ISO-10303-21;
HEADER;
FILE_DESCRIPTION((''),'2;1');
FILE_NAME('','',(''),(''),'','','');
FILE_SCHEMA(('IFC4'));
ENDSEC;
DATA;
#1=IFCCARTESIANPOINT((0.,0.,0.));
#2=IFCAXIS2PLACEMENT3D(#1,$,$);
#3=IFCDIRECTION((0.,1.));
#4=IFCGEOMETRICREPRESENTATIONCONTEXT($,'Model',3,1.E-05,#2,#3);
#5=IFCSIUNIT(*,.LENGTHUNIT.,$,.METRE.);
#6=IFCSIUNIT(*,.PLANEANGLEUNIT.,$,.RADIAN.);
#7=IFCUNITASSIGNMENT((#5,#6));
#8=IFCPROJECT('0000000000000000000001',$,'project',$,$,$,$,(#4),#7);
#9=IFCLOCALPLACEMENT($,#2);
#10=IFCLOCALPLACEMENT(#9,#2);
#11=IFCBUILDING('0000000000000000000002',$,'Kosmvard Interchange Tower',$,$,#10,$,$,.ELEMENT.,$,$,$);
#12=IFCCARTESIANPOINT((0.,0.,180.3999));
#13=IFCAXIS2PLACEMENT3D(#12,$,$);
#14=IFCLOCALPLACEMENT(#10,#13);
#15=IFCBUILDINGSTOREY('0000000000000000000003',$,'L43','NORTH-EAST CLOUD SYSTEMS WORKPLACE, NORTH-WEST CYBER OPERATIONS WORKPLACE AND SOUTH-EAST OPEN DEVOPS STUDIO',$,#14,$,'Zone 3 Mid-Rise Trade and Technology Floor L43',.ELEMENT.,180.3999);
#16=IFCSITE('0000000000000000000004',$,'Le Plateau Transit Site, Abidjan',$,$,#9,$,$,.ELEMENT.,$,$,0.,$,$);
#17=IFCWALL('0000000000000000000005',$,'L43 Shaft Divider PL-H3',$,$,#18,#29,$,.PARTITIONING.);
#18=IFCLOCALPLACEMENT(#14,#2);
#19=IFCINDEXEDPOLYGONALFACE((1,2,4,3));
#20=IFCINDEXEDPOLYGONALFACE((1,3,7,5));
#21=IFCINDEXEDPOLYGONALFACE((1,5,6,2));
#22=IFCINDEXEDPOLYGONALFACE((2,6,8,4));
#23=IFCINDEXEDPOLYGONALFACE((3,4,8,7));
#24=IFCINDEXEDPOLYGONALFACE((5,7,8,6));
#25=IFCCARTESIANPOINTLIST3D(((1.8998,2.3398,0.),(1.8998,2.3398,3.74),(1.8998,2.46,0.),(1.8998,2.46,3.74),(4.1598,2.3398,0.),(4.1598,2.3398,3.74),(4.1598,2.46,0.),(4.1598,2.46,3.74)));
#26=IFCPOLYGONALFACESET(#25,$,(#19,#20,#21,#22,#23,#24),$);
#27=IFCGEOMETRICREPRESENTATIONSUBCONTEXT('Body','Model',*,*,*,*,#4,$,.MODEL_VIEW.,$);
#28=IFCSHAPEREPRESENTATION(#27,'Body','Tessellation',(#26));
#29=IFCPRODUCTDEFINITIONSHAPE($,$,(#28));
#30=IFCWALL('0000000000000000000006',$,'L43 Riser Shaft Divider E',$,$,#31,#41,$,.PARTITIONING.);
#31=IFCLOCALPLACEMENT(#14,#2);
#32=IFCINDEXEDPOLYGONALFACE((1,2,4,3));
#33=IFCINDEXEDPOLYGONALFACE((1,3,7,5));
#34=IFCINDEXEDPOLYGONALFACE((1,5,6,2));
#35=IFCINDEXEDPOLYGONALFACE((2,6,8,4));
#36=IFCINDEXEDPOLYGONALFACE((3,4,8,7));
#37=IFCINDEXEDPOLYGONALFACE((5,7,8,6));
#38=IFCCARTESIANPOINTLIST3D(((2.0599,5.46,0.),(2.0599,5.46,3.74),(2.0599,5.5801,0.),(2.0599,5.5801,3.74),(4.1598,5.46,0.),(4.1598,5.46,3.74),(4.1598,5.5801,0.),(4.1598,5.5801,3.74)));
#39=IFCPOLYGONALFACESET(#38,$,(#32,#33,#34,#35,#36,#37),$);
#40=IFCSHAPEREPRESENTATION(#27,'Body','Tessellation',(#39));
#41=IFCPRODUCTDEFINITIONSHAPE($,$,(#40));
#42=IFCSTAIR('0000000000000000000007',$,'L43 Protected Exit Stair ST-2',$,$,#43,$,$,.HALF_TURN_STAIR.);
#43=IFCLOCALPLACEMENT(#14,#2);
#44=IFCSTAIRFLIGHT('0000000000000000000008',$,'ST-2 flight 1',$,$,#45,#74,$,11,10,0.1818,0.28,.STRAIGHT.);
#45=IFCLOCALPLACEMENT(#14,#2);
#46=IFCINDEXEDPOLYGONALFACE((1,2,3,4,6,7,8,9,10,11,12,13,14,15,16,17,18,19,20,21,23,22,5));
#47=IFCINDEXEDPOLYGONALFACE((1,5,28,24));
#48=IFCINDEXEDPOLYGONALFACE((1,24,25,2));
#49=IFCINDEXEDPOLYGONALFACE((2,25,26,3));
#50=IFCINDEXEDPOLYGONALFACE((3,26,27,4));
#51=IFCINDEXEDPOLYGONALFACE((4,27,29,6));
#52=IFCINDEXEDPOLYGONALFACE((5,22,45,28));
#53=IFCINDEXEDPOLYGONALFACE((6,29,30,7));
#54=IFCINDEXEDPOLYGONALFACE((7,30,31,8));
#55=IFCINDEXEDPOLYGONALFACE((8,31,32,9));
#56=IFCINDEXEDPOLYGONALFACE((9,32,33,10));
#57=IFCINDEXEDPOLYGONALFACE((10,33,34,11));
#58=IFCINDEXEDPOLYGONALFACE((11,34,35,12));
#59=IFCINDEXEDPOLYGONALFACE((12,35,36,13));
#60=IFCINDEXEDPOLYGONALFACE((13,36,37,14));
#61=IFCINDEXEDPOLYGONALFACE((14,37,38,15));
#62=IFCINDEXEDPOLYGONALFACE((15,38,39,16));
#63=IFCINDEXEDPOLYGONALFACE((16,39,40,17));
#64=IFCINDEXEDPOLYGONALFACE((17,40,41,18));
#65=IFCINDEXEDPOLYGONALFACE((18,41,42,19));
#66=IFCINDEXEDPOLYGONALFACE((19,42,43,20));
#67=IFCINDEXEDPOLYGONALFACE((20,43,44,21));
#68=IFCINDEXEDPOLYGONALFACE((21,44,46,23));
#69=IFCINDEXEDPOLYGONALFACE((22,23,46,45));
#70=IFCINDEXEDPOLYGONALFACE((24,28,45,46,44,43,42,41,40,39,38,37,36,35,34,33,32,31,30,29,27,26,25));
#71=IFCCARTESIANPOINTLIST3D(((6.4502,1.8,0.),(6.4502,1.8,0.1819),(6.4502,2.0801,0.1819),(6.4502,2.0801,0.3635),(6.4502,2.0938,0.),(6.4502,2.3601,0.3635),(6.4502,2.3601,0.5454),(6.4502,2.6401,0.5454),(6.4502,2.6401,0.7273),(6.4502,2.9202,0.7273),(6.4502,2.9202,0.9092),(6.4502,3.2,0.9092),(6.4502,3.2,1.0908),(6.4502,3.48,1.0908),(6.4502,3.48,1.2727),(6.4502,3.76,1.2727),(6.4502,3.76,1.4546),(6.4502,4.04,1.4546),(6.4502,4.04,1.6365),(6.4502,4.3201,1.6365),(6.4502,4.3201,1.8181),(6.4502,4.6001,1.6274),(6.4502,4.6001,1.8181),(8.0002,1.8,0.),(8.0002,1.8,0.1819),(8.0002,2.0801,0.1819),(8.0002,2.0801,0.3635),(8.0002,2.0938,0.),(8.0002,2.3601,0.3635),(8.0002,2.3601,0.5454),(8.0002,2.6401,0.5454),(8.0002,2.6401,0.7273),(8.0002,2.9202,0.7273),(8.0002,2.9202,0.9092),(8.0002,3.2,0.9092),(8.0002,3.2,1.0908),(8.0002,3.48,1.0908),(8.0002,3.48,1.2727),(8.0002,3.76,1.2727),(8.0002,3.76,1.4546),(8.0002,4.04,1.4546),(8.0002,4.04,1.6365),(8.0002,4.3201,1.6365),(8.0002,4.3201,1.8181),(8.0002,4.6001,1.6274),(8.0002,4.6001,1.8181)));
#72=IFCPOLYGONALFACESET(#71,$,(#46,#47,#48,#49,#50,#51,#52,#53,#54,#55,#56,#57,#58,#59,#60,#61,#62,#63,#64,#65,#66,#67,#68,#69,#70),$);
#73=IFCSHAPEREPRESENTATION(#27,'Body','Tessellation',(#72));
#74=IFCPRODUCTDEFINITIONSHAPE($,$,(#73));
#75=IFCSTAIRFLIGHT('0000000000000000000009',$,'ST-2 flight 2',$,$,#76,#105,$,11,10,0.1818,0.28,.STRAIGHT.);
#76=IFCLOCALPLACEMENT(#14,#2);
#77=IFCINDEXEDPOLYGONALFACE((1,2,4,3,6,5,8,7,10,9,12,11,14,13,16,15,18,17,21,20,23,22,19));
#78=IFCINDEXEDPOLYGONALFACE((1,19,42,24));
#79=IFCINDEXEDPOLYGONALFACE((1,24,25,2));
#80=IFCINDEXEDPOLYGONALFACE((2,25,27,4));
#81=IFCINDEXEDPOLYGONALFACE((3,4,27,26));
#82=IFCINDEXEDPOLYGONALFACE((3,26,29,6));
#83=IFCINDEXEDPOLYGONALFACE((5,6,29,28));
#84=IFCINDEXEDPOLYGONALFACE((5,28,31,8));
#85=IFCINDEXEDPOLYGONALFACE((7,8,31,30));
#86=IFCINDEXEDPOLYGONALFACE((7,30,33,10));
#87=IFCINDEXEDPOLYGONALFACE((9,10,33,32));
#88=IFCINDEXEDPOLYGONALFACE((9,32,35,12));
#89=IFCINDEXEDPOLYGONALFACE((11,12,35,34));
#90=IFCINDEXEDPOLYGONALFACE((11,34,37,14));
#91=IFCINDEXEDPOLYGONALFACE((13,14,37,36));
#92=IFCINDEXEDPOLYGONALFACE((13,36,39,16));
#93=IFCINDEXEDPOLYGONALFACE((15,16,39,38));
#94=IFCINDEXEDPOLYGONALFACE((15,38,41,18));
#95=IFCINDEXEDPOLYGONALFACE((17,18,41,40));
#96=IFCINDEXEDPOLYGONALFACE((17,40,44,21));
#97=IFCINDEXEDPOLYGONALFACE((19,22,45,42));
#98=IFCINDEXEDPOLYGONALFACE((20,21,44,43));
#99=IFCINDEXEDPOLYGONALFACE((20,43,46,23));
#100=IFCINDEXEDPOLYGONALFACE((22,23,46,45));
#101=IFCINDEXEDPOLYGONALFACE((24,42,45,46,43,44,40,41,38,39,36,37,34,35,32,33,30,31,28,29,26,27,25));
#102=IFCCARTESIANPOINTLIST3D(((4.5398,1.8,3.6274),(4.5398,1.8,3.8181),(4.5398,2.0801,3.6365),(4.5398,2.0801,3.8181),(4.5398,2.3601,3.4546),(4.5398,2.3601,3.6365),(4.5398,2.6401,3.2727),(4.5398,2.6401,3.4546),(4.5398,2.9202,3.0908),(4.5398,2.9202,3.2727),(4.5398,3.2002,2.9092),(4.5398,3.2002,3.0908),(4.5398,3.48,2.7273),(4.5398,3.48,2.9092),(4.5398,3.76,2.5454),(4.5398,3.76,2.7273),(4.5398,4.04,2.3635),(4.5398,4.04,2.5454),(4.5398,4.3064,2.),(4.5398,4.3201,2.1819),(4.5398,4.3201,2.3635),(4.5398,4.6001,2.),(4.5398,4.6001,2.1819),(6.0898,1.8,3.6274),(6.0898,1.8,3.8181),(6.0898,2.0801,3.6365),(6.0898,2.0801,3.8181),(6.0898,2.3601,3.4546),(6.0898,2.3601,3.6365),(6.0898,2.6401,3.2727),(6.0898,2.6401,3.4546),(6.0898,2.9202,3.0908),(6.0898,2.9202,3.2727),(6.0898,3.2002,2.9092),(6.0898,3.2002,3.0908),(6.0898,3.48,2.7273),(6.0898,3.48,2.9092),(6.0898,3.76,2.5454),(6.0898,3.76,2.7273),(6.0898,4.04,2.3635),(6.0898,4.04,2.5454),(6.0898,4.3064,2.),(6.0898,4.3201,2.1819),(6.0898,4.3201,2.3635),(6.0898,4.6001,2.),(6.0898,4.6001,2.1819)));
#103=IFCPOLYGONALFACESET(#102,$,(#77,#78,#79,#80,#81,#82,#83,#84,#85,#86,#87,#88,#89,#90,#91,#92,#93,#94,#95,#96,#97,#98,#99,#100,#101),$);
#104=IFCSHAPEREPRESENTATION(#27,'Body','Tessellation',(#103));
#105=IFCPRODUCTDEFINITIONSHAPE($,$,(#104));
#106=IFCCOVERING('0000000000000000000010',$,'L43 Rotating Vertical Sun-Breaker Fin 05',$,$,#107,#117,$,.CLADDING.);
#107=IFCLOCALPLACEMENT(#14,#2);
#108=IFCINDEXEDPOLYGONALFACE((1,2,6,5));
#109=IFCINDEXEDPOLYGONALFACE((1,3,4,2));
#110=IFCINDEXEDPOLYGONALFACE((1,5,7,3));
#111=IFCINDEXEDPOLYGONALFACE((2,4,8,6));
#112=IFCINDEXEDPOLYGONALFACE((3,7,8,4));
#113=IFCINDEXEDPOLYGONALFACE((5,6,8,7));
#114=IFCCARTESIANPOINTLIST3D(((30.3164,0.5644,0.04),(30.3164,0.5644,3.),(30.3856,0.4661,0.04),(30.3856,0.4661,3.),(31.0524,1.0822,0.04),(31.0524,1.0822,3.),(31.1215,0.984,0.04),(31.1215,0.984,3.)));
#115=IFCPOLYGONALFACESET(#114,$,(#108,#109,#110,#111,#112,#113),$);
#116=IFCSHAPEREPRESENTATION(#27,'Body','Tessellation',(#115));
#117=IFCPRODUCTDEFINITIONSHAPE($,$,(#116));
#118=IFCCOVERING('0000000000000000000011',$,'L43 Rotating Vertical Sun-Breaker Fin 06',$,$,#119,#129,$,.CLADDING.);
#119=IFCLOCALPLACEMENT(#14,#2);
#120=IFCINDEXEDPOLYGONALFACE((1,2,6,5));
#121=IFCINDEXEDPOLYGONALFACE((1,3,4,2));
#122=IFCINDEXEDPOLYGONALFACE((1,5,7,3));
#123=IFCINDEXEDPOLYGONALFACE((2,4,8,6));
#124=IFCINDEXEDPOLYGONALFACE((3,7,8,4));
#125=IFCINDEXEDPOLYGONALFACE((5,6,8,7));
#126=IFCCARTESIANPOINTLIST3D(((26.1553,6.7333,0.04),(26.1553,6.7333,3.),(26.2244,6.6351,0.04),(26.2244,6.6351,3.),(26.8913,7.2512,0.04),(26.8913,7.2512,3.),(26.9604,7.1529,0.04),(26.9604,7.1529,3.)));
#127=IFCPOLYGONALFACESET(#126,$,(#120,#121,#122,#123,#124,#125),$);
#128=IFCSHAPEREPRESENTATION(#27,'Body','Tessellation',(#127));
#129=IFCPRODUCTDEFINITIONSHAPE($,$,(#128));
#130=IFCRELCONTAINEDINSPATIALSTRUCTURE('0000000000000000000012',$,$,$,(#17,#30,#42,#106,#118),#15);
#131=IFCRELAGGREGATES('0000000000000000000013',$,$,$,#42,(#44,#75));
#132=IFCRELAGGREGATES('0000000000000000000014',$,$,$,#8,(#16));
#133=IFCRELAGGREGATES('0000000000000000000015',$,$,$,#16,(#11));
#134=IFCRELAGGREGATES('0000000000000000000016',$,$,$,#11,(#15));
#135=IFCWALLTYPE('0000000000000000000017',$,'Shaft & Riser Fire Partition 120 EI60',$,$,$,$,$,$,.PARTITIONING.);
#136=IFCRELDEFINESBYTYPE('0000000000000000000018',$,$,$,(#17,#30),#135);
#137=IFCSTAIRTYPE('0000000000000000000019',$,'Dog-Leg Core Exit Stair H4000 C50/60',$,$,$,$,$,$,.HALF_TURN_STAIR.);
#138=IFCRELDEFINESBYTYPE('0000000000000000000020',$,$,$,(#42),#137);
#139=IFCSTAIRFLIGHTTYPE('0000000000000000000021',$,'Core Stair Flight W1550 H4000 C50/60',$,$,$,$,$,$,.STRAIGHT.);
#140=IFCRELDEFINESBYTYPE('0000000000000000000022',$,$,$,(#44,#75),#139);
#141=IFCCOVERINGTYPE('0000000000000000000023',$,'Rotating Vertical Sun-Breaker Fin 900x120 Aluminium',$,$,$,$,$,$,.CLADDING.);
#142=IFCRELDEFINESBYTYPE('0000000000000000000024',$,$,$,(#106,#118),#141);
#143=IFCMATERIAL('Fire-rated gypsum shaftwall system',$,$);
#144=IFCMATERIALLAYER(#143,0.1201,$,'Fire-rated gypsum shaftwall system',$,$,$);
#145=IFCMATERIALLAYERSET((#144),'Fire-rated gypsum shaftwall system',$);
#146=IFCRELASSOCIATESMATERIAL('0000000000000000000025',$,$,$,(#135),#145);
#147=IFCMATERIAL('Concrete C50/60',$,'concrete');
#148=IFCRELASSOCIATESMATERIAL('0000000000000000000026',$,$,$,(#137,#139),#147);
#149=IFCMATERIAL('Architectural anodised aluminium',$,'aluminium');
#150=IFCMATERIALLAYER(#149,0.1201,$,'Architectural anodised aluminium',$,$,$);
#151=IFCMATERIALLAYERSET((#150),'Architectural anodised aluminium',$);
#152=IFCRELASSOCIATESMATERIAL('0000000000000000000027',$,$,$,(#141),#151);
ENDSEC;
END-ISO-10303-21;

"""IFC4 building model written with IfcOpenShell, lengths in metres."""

from ifc_helpers import new_model, si_unit, direction, frame, frame_2d, origin, origin_2d, place, context, subcontext, project, spatial, polyline, rectangle, outline, extrude, source, transform, mapped, material, layer, layer_set, type_object, element, aggregate, save


model = new_model("IFC4")

# Units and contexts
model_context = context("Model", 3, precision=1e-05, world=origin(), true_north=direction((0.0, 1.0)))
body_context = subcontext(model_context, "Body", "Model", "MODEL_VIEW")
ifc_project = project(units=[si_unit("LENGTHUNIT", "METRE"), si_unit("PLANEANGLEUNIT", "RADIAN")], contexts=[model_context])

# Site, building, storey
site_placement = place(None, origin())
site = spatial("IfcSite", under=ifc_project, at=site_placement, Name="Le Plateau Transit Site, Abidjan", CompositionType="ELEMENT", RefElevation=0.0)
building_placement = place(site_placement, origin())
building = spatial("IfcBuilding", under=site, at=building_placement, Name="Kosmvard Interchange Tower", CompositionType="ELEMENT")
storey_placement = place(building_placement, frame((0.0, 0.0, 180.3999)))
storey = spatial("IfcBuildingStorey", under=building, at=storey_placement, Name="L43", Description="NORTH-EAST CLOUD SYSTEMS WORKPLACE, NORTH-WEST CYBER OPERATIONS WORKPLACE AND SOUTH-EAST OPEN DEVOPS STUDIO", LongName="Zone 3 Mid-Rise Trade and Technology Floor L43", CompositionType="ELEMENT", Elevation=180.3999)

# Walls
ifc_material_1 = material(Name="Fire-rated gypsum shaftwall system")
ifc_layer_1 = layer(ifc_material_1, 0.1201, Name="Fire-rated gypsum shaftwall system")
ifc_layer_set_1 = layer_set([ifc_layer_1], Name="Fire-rated gypsum shaftwall system")
wall_type_1 = type_object("IfcWallType", Name="Shaft & Riser Fire Partition 120 EI60", PredefinedType="PARTITIONING", material=ifc_layer_set_1)
wall_1_placement = place(storey_placement, frame((1.8999, 2.3999, 0.0), z_axis=(0.0, 0.0, 1.0), x_axis=(1.0, 0.0, 0.0)))
element("IfcWall", 1, at=wall_1_placement, inside=storey, type_object=wall_type_1, Name="L43 Shaft Divider PL-H3", PredefinedType="PARTITIONING", context=body_context, shape_type="SweptSolid", body=[
    extrude(rectangle(XDim=2.26, YDim=0.1201, at=frame_2d((1.1299, 0.0))), origin(), (0.0, 0.0, 1.0), 3.74),
])
wall_2_placement = place(storey_placement, frame((2.0601, 5.52, 0.0), z_axis=(0.0, 0.0, 1.0), x_axis=(1.0, 0.0, 0.0)))
element("IfcWall", 2, at=wall_2_placement, inside=storey, type_object=wall_type_1, Name="L43 Riser Shaft Divider E", PredefinedType="PARTITIONING", context=body_context, shape_type="SweptSolid", body=[
    extrude(rectangle(XDim=2.0999, YDim=0.1201, at=frame_2d((1.0498, 0.0))), origin(), (0.0, 0.0, 1.0), 3.74),
])

# Stair, stair flights
ifc_material_2 = material(Name="Concrete C50/60", Category="concrete")
stair_type = type_object("IfcStairType", Name="Dog-Leg Core Exit Stair H4000 C50/60", PredefinedType="HALF_TURN_STAIR", material=ifc_material_2)
stair_placement = place(storey_placement, origin())
stair = element("IfcStair", 3, at=stair_placement, inside=storey, type_object=stair_type, Name="L43 Protected Exit Stair ST-2", PredefinedType="HALF_TURN_STAIR")
stair_flight_type = type_object("IfcStairFlightType", Name="Core Stair Flight W1550 H4000 C50/60", PredefinedType="STRAIGHT", material=ifc_material_2)
shared_shape_1 = source(origin(), body_context, "Body", "SweptSolid", [
    extrude(outline(polyline([(0.0, 0.0), (0.0, 0.1819), (0.28, 0.1819), (0.28, 0.3635), (0.5601, 0.3635), (0.5601, 0.5454), (0.8401, 0.5454), (0.8401, 0.7273), (1.1201, 0.7273), (1.1201, 0.9092), (1.3999, 0.9092), (1.3999, 1.0908), (1.6799, 1.0908), (1.6799, 1.2727), (1.96, 1.2727), (1.96, 1.4546), (2.24, 1.4546), (2.24, 1.6365), (2.52, 1.6365), (2.52, 1.8181), (2.8, 1.8181), (2.8, 2.0), (2.8, 1.6274), (0.2937, 0.0), (0.0, 0.0)])), frame((0.0, 0.7749, 0.0), z_axis=(0.0, -1.0, 0.0), x_axis=(1.0, 0.0, 0.0)), (0.0, 0.0, 1.0), 1.55),
])
stair_flight_1_placement = place(storey_placement, frame((7.2251, 1.8, 0.0), z_axis=(0.0, 0.0, 1.0), x_axis=(0.0, 1.0, 0.0)))
stair_flight_1 = element("IfcStairFlight", 4, at=stair_flight_1_placement, type_object=stair_flight_type, Name="ST-2 flight 1", NumberOfRisers=11, NumberOfTreads=10, PredefinedType="STRAIGHT", RiserHeight=0.1818, TreadLength=0.28, context=body_context, shape_type="MappedRepresentation", body=[
    mapped(shared_shape_1, transform((0.0, 0.0, 0.0), scale=1.0)),
])
stair_flight_2_placement = place(storey_placement, frame((5.3149, 4.6001, 2.0), z_axis=(0.0, 0.0, 1.0), x_axis=(0.0, -1.0, 0.0)))
stair_flight_2 = element("IfcStairFlight", 5, at=stair_flight_2_placement, type_object=stair_flight_type, Name="ST-2 flight 2", NumberOfRisers=11, NumberOfTreads=10, PredefinedType="STRAIGHT", RiserHeight=0.1818, TreadLength=0.28, context=body_context, shape_type="MappedRepresentation", body=[
    mapped(shared_shape_1, transform((0.0, 0.0, 0.0), scale=1.0)),
])
aggregate(stair, [stair_flight_1, stair_flight_2])

# Coverings
ifc_material_3 = material(Name="Architectural anodised aluminium", Category="aluminium")
ifc_layer_2 = layer(ifc_material_3, 0.1201, Name="Architectural anodised aluminium")
ifc_layer_set_2 = layer_set([ifc_layer_2], Name="Architectural anodised aluminium")
covering_type = type_object("IfcCoveringType", Name="Rotating Vertical Sun-Breaker Fin 900x120 Aluminium", PredefinedType="CLADDING", material=ifc_layer_set_2)
shared_shape_2 = source(origin(), body_context, "Body", "SweptSolid", [
    extrude(rectangle(XDim=0.8999, YDim=0.1201, at=origin_2d()), origin(), (0.0, 0.0, 1.0), 2.96),
])
for number, where, z_axis, x_axis, name in (
    (6, (30.719, 0.7742, 0.04), (0.0, 0.0, 1.0), (0.817849, 0.575434, 0.0), "L43 Rotating Vertical Sun-Breaker Fin 05"),
    (7, (26.5579, 6.9431, 0.04), (0.0, 0.0, 1.0), (0.817849, 0.575434, 0.0), "L43 Rotating Vertical Sun-Breaker Fin 06"),
):
    element("IfcCovering", number, at=place(storey_placement, frame(where, z_axis=z_axis, x_axis=x_axis)), inside=storey, type_object=covering_type, Name=name, PredefinedType="CLADDING", context=body_context, shape_type="MappedRepresentation", body=[
        mapped(shared_shape_2, transform((0.0, 0.0, 0.0), scale=1.0)),
    ])

save(model, "model.ifc")
